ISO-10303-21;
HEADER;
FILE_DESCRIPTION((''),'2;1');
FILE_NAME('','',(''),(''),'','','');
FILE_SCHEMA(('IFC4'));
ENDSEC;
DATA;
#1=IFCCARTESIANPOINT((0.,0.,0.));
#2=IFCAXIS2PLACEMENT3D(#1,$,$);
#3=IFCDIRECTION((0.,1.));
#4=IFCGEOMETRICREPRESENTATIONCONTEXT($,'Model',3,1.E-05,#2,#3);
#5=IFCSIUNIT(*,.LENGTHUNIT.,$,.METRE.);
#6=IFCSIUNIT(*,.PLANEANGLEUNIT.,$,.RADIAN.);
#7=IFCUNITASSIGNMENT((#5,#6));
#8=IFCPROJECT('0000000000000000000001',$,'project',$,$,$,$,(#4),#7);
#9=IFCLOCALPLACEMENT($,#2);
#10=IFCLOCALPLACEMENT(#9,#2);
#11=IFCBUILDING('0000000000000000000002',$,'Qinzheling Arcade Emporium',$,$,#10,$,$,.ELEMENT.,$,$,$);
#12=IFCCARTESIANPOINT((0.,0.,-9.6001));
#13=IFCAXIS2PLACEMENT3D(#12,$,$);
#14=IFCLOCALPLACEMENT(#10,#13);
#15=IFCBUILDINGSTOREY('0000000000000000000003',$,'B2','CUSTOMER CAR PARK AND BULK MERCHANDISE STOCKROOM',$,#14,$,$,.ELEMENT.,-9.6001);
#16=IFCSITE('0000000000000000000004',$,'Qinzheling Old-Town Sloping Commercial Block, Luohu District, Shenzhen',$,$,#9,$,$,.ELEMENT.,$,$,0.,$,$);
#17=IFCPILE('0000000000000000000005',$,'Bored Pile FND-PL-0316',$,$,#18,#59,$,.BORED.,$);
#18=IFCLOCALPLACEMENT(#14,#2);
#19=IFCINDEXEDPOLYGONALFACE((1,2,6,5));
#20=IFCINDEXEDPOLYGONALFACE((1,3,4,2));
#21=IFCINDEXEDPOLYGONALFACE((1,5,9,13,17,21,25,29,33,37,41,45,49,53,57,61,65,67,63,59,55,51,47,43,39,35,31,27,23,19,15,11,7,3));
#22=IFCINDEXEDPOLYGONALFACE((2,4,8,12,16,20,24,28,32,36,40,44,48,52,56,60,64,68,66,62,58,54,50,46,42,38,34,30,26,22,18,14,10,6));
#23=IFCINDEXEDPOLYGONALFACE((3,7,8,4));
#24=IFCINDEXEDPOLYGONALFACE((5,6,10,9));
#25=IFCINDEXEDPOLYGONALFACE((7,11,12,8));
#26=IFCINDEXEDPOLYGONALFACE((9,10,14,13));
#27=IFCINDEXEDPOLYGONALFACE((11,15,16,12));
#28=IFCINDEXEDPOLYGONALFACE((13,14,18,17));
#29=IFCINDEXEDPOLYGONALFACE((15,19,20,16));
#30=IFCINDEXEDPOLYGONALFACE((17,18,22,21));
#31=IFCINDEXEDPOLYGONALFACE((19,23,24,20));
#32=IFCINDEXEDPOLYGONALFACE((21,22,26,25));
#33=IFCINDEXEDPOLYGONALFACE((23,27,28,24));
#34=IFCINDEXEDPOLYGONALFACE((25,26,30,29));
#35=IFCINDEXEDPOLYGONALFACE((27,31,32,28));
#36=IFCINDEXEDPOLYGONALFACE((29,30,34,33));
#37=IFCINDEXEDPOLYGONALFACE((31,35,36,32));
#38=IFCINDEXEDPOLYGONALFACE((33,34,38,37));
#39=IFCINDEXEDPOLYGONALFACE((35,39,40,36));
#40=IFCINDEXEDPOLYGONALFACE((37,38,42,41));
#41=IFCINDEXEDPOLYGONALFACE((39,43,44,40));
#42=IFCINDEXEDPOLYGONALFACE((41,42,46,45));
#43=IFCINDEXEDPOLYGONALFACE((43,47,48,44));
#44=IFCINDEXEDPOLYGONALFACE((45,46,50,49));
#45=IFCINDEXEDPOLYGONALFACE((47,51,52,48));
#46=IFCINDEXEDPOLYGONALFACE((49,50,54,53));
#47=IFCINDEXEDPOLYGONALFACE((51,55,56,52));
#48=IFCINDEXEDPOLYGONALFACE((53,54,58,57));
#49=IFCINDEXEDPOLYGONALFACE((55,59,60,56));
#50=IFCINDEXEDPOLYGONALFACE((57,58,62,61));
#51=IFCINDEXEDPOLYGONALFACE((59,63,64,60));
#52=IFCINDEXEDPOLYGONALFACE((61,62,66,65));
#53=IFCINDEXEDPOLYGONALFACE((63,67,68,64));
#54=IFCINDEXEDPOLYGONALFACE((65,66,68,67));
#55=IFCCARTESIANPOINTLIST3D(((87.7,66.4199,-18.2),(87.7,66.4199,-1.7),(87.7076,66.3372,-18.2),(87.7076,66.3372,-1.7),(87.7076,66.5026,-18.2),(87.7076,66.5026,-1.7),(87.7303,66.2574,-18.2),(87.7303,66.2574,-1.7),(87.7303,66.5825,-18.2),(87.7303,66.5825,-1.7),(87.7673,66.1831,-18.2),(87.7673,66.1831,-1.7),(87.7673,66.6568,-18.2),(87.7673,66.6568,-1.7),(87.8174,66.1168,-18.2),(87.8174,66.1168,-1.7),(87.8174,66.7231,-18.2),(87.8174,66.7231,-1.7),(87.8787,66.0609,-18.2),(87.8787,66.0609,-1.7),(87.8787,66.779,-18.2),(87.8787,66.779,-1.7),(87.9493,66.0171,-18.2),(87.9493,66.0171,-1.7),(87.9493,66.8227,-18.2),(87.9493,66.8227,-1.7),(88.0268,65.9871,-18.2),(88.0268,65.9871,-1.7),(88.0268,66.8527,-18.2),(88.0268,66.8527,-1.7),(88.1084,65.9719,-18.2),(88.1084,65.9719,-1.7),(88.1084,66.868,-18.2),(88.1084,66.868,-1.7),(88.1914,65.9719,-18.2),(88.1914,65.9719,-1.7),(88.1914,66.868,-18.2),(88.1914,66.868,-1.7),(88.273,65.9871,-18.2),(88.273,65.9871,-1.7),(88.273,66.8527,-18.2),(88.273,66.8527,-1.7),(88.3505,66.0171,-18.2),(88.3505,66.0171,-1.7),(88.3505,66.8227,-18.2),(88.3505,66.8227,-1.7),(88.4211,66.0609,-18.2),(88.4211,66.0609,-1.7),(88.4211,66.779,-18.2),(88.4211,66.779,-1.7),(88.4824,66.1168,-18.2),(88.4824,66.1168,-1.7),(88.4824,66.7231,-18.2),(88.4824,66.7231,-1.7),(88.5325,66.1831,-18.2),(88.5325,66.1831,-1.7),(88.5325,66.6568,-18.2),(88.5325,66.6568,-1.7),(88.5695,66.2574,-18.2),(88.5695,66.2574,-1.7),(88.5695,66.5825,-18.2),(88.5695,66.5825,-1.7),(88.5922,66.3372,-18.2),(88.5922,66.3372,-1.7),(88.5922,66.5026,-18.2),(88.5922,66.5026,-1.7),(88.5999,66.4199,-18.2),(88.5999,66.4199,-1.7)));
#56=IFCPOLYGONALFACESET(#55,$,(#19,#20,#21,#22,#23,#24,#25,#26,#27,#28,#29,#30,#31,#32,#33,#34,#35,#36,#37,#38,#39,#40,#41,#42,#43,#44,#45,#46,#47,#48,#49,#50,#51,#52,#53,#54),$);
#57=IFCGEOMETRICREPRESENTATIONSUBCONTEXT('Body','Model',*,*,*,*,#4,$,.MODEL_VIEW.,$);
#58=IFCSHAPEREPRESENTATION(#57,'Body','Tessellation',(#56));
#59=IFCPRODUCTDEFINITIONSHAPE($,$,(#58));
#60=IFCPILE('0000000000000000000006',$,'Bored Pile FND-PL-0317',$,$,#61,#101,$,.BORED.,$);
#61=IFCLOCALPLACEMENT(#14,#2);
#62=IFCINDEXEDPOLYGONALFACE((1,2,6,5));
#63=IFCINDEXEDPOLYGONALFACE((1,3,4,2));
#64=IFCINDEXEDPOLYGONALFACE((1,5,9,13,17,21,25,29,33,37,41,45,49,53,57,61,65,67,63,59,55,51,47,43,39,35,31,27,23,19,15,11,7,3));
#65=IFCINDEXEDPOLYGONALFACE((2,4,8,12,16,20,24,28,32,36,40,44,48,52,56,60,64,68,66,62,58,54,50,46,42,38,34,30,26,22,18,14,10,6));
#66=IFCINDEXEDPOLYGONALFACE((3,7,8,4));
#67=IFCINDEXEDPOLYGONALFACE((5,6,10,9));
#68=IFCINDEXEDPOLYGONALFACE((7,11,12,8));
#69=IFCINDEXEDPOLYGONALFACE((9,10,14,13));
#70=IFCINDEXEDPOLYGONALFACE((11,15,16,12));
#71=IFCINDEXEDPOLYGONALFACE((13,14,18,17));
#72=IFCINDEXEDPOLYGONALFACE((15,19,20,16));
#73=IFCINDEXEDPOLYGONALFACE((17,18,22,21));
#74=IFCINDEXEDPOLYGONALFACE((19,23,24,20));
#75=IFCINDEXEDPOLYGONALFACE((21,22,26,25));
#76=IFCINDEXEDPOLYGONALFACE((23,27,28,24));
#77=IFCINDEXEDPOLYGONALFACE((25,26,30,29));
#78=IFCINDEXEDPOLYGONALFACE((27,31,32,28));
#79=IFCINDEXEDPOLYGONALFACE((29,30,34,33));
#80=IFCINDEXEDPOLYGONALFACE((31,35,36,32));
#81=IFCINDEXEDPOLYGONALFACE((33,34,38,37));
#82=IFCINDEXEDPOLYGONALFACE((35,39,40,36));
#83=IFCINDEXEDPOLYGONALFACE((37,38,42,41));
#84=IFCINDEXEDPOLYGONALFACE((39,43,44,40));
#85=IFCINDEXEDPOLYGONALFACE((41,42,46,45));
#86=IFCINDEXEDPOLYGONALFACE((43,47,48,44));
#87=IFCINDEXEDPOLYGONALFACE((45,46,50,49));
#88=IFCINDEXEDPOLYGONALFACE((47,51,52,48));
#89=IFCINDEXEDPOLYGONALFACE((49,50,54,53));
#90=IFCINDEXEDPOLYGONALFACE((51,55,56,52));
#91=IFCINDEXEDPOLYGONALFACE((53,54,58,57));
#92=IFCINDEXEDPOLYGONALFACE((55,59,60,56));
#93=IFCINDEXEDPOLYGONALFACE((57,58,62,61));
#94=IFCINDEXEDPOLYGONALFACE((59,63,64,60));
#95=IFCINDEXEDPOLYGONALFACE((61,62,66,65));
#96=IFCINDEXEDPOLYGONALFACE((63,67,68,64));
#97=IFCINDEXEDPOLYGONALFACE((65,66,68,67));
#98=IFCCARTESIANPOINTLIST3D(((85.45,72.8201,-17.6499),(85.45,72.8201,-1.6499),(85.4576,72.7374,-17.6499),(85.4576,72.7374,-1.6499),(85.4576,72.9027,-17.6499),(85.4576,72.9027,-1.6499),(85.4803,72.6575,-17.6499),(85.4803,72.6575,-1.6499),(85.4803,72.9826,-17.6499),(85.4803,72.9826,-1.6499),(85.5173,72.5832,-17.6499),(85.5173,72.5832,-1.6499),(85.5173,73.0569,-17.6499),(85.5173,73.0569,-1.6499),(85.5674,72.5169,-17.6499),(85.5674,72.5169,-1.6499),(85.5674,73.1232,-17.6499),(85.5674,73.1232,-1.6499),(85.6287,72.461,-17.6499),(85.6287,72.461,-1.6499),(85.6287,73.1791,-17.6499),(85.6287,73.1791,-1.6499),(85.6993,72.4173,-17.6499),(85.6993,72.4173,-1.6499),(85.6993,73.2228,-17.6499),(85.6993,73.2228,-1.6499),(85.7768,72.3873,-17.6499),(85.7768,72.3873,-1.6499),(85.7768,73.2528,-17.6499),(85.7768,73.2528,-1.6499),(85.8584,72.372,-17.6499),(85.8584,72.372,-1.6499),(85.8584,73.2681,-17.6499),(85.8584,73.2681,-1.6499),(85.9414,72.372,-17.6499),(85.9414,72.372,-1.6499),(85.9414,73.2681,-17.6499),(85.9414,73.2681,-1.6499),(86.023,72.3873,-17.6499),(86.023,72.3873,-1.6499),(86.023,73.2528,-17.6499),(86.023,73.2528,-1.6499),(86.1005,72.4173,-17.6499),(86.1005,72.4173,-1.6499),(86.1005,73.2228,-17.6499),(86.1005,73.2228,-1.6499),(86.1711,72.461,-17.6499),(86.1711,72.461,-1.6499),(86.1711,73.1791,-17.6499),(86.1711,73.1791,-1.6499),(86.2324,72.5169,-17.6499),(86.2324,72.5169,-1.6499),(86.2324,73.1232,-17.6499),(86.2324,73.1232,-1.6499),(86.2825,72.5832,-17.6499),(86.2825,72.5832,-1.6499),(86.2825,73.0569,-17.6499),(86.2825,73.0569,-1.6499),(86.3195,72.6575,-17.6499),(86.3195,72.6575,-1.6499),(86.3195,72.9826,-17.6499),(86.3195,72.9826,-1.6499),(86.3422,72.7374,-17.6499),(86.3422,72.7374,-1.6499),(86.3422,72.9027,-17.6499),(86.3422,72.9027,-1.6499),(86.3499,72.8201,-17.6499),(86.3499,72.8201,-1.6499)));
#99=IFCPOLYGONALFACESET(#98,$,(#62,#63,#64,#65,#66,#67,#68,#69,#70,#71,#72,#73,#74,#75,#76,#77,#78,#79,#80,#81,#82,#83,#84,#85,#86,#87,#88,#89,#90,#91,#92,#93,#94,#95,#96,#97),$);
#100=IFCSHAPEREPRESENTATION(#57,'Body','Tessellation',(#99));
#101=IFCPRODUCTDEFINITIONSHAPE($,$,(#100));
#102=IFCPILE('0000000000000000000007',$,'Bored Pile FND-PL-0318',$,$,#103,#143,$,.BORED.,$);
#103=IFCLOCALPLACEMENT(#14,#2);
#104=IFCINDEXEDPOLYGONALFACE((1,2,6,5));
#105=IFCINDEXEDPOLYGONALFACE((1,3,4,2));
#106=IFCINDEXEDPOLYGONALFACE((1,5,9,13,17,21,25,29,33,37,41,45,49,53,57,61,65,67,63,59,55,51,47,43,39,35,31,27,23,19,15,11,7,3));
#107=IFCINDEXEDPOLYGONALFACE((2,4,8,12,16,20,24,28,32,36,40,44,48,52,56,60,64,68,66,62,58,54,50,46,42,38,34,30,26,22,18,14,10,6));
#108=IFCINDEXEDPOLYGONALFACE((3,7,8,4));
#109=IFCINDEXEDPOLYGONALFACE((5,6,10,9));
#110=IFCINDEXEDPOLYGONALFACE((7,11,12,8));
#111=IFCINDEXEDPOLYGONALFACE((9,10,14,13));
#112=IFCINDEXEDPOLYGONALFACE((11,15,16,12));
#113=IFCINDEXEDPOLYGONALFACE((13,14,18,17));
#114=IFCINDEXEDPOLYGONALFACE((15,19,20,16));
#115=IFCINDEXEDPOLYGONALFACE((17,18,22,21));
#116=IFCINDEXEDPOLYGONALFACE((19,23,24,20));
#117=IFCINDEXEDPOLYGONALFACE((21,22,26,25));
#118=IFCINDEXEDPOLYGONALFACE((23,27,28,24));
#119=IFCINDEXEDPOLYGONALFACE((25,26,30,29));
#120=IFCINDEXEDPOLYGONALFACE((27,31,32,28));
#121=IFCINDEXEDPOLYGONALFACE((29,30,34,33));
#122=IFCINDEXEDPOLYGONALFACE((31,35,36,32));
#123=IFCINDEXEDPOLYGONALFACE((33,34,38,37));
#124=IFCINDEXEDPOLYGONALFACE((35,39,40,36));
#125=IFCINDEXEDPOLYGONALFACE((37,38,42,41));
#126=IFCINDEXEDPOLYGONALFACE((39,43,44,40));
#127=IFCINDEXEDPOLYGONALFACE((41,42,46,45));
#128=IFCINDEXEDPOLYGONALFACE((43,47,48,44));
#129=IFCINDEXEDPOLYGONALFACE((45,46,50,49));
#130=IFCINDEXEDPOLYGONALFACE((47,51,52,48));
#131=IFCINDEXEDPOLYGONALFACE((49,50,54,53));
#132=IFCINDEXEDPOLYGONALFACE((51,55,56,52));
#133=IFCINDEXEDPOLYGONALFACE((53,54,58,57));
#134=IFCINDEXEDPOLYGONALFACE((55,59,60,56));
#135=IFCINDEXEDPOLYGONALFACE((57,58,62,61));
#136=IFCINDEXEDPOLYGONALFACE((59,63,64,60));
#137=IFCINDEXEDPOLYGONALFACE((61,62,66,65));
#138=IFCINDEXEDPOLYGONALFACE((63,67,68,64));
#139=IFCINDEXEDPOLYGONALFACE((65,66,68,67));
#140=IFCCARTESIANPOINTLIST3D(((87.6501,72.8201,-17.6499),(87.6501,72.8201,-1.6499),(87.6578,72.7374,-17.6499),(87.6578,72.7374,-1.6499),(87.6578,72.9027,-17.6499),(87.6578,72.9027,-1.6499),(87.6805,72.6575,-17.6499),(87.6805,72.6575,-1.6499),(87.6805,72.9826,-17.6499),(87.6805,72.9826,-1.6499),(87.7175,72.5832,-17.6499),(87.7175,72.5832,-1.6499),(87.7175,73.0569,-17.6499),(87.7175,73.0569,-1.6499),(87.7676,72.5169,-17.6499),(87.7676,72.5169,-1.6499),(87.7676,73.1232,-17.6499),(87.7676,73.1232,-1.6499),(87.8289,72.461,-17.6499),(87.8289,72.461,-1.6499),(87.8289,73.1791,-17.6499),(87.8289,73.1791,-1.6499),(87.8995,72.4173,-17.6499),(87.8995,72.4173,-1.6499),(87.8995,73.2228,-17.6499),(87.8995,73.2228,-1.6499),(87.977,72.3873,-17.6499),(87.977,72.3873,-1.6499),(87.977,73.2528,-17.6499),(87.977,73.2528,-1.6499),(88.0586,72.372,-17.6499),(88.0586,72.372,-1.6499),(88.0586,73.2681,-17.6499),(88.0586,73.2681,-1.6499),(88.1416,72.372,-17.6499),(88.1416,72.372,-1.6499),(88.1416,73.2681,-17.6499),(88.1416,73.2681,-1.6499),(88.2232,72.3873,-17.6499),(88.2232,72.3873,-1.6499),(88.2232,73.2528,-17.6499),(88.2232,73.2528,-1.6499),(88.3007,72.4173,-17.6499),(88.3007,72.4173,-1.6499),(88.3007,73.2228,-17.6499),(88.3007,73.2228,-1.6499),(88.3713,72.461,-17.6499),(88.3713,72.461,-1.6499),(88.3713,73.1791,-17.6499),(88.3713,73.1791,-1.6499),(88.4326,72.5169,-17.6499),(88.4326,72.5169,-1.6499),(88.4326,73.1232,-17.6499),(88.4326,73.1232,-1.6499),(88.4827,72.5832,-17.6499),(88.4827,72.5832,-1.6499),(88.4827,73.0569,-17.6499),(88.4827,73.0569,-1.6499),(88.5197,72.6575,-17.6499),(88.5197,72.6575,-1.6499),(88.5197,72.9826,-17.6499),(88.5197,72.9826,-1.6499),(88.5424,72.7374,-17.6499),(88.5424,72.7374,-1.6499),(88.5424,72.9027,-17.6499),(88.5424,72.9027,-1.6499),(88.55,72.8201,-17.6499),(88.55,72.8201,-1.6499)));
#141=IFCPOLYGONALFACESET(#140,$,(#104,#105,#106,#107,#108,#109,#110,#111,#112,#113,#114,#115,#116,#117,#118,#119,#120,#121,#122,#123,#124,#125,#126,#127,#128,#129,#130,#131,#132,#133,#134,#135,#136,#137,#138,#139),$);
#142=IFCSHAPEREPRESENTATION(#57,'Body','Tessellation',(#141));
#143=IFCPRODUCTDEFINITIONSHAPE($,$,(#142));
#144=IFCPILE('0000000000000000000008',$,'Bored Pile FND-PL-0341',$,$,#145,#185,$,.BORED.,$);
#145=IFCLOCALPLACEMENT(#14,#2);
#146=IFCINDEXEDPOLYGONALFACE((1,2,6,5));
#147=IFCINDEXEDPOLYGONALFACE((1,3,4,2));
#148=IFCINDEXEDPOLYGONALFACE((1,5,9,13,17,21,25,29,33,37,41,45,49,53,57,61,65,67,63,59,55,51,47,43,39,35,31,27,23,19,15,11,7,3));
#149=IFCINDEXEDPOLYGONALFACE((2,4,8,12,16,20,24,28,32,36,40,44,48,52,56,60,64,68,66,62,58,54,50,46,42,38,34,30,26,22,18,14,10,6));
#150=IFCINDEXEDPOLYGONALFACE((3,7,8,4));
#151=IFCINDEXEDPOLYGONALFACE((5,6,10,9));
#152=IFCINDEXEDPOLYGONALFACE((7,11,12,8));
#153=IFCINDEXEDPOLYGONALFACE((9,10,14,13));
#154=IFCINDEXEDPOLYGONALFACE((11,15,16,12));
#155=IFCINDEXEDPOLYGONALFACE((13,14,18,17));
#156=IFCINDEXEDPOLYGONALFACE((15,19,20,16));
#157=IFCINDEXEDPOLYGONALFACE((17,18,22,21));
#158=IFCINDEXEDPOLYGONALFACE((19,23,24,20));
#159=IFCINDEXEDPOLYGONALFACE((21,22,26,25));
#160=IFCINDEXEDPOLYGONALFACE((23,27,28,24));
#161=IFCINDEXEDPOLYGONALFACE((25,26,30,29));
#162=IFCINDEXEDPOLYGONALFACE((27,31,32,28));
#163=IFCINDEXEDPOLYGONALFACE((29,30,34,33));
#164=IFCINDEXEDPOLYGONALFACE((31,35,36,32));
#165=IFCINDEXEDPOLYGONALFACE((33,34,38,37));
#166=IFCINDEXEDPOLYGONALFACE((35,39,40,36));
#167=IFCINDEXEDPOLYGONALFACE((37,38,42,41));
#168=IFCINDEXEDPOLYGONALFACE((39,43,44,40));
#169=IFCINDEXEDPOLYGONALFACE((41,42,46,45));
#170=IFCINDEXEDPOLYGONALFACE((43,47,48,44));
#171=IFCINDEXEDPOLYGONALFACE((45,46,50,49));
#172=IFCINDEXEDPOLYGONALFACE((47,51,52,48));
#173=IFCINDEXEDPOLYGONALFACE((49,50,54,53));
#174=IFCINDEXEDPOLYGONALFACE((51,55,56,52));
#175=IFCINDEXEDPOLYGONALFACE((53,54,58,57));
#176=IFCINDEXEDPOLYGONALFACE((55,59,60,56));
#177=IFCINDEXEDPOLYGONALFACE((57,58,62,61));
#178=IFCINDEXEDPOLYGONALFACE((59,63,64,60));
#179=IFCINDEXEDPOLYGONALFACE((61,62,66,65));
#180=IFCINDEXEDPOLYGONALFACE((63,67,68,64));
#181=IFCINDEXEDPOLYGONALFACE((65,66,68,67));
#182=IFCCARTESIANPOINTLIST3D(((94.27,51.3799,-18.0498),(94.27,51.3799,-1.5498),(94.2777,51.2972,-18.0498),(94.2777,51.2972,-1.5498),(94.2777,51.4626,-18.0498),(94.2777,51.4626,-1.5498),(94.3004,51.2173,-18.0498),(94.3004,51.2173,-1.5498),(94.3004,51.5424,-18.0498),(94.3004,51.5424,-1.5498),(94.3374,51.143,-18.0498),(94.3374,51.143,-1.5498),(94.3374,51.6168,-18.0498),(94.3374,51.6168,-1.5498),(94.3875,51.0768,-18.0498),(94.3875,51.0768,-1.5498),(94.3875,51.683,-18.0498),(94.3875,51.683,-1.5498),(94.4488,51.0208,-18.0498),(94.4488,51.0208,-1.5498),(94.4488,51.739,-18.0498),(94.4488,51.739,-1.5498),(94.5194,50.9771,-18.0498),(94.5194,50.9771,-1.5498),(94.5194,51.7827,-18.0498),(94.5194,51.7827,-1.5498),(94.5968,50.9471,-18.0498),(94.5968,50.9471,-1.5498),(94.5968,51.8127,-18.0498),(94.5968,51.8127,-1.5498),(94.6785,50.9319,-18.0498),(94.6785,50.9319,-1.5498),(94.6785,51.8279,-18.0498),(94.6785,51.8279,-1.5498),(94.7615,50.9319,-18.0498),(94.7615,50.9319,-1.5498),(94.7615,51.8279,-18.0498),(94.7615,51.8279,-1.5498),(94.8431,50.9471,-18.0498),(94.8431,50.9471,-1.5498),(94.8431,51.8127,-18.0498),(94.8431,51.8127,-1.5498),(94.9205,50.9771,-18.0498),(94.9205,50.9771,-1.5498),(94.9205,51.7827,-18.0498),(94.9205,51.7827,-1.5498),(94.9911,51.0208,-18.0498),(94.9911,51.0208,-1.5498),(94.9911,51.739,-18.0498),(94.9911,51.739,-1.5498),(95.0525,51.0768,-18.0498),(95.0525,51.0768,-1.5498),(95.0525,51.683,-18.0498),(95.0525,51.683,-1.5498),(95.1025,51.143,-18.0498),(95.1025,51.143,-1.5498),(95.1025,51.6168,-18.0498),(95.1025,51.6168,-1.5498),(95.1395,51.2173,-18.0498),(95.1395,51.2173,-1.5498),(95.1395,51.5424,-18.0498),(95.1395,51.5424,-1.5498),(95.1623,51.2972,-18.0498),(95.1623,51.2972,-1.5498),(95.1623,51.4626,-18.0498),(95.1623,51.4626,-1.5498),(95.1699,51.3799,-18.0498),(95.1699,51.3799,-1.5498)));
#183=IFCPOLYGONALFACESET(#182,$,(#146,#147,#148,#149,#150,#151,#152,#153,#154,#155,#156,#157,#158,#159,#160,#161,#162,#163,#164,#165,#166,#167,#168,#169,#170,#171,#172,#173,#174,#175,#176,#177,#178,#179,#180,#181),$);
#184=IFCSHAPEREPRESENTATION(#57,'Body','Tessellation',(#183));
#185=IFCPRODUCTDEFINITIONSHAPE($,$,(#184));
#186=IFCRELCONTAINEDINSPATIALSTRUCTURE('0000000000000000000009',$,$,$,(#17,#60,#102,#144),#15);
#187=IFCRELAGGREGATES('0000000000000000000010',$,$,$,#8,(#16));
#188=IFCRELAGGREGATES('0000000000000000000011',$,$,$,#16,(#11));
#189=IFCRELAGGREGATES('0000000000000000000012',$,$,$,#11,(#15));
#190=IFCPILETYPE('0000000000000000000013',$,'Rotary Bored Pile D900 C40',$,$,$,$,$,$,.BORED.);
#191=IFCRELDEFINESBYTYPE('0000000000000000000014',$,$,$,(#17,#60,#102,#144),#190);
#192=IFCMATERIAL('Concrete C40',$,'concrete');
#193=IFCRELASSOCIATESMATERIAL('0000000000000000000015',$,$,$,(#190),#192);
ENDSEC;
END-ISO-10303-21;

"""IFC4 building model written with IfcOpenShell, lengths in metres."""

from ifc_helpers import new_model, si_unit, direction, frame, origin, origin_2d, place, context, subcontext, project, spatial, circle, extrude, material, material_profile, profile_set, type_object, element, save


model = new_model("IFC4")

# Units and contexts
model_context = context("Model", 3, precision=1e-05, world=origin(), true_north=direction((0.0, 1.0)))
body_context = subcontext(model_context, "Body", "Model", "MODEL_VIEW")
ifc_project = project(units=[si_unit("LENGTHUNIT", "METRE"), si_unit("PLANEANGLEUNIT", "RADIAN")], contexts=[model_context])

# Site, building, storey
site_placement = place(None, origin())
site = spatial("IfcSite", under=ifc_project, at=site_placement, Name="Qinzheling Old-Town Sloping Commercial Block, Luohu District, Shenzhen", CompositionType="ELEMENT", RefElevation=0.0)
building_placement = place(site_placement, origin())
building = spatial("IfcBuilding", under=site, at=building_placement, Name="Qinzheling Arcade Emporium", CompositionType="ELEMENT")
storey_placement = place(building_placement, frame((0.0, 0.0, -9.6001)))
storey = spatial("IfcBuildingStorey", under=building, at=storey_placement, Name="B2", Description="CUSTOMER CAR PARK AND BULK MERCHANDISE STOCKROOM", CompositionType="ELEMENT", Elevation=-9.6001)

# Shared definitions
ifc_material_1 = material(Name="Concrete C40", Category="concrete")

# Piles
ifc_material_profile_1 = material_profile(ifc_material_1, circle(Radius=0.45, at=origin_2d()), Name="BORED D900", Category="concrete")
ifc_profile_set_1 = profile_set([ifc_material_profile_1], Name="Concrete C40")
pile_type = type_object("IfcPileType", Name="Rotary Bored Pile D900 C40", PredefinedType="BORED", material=ifc_profile_set_1)
for number, where, z_axis, x_axis, name in (
    (1, (88.1499, 66.4199, -1.7), (0.0, 0.0, -1.0), (1.0, 0.0, 0.0), "Bored Pile FND-PL-0316"),
):
    element("IfcPile", number, at=place(storey_placement, frame(where, z_axis=z_axis, x_axis=x_axis)), inside=storey, type_object=pile_type, Name=name, PredefinedType="BORED", context=body_context, shape_type="SweptSolid", body=[
        extrude(circle(Radius=0.45, at=origin_2d()), origin(), (0.0, 0.0, 1.0), 16.5),
    ])
for number, where, z_axis, x_axis, name in (
    (2, (85.8999, 72.8201, -1.6499), (0.0, 0.0, -1.0), (1.0, 0.0, 0.0), "Bored Pile FND-PL-0317"),
    (3, (88.1001, 72.8201, -1.6499), (0.0, 0.0, -1.0), (1.0, 0.0, 0.0), "Bored Pile FND-PL-0318"),
):
    element("IfcPile", number, at=place(storey_placement, frame(where, z_axis=z_axis, x_axis=x_axis)), inside=storey, type_object=pile_type, Name=name, PredefinedType="BORED", context=body_context, shape_type="SweptSolid", body=[
        extrude(circle(Radius=0.45, at=origin_2d()), origin(), (0.0, 0.0, 1.0), 16.0),
    ])
for number, where, z_axis, x_axis, name in (
    (4, (94.72, 51.3799, -1.5498), (0.0, 0.0, -1.0), (1.0, 0.0, 0.0), "Bored Pile FND-PL-0341"),
):
    element("IfcPile", number, at=place(storey_placement, frame(where, z_axis=z_axis, x_axis=x_axis)), inside=storey, type_object=pile_type, Name=name, PredefinedType="BORED", context=body_context, shape_type="SweptSolid", body=[
        extrude(circle(Radius=0.45, at=origin_2d()), origin(), (0.0, 0.0, 1.0), 16.5),
    ])

save(model, "model.ifc")
